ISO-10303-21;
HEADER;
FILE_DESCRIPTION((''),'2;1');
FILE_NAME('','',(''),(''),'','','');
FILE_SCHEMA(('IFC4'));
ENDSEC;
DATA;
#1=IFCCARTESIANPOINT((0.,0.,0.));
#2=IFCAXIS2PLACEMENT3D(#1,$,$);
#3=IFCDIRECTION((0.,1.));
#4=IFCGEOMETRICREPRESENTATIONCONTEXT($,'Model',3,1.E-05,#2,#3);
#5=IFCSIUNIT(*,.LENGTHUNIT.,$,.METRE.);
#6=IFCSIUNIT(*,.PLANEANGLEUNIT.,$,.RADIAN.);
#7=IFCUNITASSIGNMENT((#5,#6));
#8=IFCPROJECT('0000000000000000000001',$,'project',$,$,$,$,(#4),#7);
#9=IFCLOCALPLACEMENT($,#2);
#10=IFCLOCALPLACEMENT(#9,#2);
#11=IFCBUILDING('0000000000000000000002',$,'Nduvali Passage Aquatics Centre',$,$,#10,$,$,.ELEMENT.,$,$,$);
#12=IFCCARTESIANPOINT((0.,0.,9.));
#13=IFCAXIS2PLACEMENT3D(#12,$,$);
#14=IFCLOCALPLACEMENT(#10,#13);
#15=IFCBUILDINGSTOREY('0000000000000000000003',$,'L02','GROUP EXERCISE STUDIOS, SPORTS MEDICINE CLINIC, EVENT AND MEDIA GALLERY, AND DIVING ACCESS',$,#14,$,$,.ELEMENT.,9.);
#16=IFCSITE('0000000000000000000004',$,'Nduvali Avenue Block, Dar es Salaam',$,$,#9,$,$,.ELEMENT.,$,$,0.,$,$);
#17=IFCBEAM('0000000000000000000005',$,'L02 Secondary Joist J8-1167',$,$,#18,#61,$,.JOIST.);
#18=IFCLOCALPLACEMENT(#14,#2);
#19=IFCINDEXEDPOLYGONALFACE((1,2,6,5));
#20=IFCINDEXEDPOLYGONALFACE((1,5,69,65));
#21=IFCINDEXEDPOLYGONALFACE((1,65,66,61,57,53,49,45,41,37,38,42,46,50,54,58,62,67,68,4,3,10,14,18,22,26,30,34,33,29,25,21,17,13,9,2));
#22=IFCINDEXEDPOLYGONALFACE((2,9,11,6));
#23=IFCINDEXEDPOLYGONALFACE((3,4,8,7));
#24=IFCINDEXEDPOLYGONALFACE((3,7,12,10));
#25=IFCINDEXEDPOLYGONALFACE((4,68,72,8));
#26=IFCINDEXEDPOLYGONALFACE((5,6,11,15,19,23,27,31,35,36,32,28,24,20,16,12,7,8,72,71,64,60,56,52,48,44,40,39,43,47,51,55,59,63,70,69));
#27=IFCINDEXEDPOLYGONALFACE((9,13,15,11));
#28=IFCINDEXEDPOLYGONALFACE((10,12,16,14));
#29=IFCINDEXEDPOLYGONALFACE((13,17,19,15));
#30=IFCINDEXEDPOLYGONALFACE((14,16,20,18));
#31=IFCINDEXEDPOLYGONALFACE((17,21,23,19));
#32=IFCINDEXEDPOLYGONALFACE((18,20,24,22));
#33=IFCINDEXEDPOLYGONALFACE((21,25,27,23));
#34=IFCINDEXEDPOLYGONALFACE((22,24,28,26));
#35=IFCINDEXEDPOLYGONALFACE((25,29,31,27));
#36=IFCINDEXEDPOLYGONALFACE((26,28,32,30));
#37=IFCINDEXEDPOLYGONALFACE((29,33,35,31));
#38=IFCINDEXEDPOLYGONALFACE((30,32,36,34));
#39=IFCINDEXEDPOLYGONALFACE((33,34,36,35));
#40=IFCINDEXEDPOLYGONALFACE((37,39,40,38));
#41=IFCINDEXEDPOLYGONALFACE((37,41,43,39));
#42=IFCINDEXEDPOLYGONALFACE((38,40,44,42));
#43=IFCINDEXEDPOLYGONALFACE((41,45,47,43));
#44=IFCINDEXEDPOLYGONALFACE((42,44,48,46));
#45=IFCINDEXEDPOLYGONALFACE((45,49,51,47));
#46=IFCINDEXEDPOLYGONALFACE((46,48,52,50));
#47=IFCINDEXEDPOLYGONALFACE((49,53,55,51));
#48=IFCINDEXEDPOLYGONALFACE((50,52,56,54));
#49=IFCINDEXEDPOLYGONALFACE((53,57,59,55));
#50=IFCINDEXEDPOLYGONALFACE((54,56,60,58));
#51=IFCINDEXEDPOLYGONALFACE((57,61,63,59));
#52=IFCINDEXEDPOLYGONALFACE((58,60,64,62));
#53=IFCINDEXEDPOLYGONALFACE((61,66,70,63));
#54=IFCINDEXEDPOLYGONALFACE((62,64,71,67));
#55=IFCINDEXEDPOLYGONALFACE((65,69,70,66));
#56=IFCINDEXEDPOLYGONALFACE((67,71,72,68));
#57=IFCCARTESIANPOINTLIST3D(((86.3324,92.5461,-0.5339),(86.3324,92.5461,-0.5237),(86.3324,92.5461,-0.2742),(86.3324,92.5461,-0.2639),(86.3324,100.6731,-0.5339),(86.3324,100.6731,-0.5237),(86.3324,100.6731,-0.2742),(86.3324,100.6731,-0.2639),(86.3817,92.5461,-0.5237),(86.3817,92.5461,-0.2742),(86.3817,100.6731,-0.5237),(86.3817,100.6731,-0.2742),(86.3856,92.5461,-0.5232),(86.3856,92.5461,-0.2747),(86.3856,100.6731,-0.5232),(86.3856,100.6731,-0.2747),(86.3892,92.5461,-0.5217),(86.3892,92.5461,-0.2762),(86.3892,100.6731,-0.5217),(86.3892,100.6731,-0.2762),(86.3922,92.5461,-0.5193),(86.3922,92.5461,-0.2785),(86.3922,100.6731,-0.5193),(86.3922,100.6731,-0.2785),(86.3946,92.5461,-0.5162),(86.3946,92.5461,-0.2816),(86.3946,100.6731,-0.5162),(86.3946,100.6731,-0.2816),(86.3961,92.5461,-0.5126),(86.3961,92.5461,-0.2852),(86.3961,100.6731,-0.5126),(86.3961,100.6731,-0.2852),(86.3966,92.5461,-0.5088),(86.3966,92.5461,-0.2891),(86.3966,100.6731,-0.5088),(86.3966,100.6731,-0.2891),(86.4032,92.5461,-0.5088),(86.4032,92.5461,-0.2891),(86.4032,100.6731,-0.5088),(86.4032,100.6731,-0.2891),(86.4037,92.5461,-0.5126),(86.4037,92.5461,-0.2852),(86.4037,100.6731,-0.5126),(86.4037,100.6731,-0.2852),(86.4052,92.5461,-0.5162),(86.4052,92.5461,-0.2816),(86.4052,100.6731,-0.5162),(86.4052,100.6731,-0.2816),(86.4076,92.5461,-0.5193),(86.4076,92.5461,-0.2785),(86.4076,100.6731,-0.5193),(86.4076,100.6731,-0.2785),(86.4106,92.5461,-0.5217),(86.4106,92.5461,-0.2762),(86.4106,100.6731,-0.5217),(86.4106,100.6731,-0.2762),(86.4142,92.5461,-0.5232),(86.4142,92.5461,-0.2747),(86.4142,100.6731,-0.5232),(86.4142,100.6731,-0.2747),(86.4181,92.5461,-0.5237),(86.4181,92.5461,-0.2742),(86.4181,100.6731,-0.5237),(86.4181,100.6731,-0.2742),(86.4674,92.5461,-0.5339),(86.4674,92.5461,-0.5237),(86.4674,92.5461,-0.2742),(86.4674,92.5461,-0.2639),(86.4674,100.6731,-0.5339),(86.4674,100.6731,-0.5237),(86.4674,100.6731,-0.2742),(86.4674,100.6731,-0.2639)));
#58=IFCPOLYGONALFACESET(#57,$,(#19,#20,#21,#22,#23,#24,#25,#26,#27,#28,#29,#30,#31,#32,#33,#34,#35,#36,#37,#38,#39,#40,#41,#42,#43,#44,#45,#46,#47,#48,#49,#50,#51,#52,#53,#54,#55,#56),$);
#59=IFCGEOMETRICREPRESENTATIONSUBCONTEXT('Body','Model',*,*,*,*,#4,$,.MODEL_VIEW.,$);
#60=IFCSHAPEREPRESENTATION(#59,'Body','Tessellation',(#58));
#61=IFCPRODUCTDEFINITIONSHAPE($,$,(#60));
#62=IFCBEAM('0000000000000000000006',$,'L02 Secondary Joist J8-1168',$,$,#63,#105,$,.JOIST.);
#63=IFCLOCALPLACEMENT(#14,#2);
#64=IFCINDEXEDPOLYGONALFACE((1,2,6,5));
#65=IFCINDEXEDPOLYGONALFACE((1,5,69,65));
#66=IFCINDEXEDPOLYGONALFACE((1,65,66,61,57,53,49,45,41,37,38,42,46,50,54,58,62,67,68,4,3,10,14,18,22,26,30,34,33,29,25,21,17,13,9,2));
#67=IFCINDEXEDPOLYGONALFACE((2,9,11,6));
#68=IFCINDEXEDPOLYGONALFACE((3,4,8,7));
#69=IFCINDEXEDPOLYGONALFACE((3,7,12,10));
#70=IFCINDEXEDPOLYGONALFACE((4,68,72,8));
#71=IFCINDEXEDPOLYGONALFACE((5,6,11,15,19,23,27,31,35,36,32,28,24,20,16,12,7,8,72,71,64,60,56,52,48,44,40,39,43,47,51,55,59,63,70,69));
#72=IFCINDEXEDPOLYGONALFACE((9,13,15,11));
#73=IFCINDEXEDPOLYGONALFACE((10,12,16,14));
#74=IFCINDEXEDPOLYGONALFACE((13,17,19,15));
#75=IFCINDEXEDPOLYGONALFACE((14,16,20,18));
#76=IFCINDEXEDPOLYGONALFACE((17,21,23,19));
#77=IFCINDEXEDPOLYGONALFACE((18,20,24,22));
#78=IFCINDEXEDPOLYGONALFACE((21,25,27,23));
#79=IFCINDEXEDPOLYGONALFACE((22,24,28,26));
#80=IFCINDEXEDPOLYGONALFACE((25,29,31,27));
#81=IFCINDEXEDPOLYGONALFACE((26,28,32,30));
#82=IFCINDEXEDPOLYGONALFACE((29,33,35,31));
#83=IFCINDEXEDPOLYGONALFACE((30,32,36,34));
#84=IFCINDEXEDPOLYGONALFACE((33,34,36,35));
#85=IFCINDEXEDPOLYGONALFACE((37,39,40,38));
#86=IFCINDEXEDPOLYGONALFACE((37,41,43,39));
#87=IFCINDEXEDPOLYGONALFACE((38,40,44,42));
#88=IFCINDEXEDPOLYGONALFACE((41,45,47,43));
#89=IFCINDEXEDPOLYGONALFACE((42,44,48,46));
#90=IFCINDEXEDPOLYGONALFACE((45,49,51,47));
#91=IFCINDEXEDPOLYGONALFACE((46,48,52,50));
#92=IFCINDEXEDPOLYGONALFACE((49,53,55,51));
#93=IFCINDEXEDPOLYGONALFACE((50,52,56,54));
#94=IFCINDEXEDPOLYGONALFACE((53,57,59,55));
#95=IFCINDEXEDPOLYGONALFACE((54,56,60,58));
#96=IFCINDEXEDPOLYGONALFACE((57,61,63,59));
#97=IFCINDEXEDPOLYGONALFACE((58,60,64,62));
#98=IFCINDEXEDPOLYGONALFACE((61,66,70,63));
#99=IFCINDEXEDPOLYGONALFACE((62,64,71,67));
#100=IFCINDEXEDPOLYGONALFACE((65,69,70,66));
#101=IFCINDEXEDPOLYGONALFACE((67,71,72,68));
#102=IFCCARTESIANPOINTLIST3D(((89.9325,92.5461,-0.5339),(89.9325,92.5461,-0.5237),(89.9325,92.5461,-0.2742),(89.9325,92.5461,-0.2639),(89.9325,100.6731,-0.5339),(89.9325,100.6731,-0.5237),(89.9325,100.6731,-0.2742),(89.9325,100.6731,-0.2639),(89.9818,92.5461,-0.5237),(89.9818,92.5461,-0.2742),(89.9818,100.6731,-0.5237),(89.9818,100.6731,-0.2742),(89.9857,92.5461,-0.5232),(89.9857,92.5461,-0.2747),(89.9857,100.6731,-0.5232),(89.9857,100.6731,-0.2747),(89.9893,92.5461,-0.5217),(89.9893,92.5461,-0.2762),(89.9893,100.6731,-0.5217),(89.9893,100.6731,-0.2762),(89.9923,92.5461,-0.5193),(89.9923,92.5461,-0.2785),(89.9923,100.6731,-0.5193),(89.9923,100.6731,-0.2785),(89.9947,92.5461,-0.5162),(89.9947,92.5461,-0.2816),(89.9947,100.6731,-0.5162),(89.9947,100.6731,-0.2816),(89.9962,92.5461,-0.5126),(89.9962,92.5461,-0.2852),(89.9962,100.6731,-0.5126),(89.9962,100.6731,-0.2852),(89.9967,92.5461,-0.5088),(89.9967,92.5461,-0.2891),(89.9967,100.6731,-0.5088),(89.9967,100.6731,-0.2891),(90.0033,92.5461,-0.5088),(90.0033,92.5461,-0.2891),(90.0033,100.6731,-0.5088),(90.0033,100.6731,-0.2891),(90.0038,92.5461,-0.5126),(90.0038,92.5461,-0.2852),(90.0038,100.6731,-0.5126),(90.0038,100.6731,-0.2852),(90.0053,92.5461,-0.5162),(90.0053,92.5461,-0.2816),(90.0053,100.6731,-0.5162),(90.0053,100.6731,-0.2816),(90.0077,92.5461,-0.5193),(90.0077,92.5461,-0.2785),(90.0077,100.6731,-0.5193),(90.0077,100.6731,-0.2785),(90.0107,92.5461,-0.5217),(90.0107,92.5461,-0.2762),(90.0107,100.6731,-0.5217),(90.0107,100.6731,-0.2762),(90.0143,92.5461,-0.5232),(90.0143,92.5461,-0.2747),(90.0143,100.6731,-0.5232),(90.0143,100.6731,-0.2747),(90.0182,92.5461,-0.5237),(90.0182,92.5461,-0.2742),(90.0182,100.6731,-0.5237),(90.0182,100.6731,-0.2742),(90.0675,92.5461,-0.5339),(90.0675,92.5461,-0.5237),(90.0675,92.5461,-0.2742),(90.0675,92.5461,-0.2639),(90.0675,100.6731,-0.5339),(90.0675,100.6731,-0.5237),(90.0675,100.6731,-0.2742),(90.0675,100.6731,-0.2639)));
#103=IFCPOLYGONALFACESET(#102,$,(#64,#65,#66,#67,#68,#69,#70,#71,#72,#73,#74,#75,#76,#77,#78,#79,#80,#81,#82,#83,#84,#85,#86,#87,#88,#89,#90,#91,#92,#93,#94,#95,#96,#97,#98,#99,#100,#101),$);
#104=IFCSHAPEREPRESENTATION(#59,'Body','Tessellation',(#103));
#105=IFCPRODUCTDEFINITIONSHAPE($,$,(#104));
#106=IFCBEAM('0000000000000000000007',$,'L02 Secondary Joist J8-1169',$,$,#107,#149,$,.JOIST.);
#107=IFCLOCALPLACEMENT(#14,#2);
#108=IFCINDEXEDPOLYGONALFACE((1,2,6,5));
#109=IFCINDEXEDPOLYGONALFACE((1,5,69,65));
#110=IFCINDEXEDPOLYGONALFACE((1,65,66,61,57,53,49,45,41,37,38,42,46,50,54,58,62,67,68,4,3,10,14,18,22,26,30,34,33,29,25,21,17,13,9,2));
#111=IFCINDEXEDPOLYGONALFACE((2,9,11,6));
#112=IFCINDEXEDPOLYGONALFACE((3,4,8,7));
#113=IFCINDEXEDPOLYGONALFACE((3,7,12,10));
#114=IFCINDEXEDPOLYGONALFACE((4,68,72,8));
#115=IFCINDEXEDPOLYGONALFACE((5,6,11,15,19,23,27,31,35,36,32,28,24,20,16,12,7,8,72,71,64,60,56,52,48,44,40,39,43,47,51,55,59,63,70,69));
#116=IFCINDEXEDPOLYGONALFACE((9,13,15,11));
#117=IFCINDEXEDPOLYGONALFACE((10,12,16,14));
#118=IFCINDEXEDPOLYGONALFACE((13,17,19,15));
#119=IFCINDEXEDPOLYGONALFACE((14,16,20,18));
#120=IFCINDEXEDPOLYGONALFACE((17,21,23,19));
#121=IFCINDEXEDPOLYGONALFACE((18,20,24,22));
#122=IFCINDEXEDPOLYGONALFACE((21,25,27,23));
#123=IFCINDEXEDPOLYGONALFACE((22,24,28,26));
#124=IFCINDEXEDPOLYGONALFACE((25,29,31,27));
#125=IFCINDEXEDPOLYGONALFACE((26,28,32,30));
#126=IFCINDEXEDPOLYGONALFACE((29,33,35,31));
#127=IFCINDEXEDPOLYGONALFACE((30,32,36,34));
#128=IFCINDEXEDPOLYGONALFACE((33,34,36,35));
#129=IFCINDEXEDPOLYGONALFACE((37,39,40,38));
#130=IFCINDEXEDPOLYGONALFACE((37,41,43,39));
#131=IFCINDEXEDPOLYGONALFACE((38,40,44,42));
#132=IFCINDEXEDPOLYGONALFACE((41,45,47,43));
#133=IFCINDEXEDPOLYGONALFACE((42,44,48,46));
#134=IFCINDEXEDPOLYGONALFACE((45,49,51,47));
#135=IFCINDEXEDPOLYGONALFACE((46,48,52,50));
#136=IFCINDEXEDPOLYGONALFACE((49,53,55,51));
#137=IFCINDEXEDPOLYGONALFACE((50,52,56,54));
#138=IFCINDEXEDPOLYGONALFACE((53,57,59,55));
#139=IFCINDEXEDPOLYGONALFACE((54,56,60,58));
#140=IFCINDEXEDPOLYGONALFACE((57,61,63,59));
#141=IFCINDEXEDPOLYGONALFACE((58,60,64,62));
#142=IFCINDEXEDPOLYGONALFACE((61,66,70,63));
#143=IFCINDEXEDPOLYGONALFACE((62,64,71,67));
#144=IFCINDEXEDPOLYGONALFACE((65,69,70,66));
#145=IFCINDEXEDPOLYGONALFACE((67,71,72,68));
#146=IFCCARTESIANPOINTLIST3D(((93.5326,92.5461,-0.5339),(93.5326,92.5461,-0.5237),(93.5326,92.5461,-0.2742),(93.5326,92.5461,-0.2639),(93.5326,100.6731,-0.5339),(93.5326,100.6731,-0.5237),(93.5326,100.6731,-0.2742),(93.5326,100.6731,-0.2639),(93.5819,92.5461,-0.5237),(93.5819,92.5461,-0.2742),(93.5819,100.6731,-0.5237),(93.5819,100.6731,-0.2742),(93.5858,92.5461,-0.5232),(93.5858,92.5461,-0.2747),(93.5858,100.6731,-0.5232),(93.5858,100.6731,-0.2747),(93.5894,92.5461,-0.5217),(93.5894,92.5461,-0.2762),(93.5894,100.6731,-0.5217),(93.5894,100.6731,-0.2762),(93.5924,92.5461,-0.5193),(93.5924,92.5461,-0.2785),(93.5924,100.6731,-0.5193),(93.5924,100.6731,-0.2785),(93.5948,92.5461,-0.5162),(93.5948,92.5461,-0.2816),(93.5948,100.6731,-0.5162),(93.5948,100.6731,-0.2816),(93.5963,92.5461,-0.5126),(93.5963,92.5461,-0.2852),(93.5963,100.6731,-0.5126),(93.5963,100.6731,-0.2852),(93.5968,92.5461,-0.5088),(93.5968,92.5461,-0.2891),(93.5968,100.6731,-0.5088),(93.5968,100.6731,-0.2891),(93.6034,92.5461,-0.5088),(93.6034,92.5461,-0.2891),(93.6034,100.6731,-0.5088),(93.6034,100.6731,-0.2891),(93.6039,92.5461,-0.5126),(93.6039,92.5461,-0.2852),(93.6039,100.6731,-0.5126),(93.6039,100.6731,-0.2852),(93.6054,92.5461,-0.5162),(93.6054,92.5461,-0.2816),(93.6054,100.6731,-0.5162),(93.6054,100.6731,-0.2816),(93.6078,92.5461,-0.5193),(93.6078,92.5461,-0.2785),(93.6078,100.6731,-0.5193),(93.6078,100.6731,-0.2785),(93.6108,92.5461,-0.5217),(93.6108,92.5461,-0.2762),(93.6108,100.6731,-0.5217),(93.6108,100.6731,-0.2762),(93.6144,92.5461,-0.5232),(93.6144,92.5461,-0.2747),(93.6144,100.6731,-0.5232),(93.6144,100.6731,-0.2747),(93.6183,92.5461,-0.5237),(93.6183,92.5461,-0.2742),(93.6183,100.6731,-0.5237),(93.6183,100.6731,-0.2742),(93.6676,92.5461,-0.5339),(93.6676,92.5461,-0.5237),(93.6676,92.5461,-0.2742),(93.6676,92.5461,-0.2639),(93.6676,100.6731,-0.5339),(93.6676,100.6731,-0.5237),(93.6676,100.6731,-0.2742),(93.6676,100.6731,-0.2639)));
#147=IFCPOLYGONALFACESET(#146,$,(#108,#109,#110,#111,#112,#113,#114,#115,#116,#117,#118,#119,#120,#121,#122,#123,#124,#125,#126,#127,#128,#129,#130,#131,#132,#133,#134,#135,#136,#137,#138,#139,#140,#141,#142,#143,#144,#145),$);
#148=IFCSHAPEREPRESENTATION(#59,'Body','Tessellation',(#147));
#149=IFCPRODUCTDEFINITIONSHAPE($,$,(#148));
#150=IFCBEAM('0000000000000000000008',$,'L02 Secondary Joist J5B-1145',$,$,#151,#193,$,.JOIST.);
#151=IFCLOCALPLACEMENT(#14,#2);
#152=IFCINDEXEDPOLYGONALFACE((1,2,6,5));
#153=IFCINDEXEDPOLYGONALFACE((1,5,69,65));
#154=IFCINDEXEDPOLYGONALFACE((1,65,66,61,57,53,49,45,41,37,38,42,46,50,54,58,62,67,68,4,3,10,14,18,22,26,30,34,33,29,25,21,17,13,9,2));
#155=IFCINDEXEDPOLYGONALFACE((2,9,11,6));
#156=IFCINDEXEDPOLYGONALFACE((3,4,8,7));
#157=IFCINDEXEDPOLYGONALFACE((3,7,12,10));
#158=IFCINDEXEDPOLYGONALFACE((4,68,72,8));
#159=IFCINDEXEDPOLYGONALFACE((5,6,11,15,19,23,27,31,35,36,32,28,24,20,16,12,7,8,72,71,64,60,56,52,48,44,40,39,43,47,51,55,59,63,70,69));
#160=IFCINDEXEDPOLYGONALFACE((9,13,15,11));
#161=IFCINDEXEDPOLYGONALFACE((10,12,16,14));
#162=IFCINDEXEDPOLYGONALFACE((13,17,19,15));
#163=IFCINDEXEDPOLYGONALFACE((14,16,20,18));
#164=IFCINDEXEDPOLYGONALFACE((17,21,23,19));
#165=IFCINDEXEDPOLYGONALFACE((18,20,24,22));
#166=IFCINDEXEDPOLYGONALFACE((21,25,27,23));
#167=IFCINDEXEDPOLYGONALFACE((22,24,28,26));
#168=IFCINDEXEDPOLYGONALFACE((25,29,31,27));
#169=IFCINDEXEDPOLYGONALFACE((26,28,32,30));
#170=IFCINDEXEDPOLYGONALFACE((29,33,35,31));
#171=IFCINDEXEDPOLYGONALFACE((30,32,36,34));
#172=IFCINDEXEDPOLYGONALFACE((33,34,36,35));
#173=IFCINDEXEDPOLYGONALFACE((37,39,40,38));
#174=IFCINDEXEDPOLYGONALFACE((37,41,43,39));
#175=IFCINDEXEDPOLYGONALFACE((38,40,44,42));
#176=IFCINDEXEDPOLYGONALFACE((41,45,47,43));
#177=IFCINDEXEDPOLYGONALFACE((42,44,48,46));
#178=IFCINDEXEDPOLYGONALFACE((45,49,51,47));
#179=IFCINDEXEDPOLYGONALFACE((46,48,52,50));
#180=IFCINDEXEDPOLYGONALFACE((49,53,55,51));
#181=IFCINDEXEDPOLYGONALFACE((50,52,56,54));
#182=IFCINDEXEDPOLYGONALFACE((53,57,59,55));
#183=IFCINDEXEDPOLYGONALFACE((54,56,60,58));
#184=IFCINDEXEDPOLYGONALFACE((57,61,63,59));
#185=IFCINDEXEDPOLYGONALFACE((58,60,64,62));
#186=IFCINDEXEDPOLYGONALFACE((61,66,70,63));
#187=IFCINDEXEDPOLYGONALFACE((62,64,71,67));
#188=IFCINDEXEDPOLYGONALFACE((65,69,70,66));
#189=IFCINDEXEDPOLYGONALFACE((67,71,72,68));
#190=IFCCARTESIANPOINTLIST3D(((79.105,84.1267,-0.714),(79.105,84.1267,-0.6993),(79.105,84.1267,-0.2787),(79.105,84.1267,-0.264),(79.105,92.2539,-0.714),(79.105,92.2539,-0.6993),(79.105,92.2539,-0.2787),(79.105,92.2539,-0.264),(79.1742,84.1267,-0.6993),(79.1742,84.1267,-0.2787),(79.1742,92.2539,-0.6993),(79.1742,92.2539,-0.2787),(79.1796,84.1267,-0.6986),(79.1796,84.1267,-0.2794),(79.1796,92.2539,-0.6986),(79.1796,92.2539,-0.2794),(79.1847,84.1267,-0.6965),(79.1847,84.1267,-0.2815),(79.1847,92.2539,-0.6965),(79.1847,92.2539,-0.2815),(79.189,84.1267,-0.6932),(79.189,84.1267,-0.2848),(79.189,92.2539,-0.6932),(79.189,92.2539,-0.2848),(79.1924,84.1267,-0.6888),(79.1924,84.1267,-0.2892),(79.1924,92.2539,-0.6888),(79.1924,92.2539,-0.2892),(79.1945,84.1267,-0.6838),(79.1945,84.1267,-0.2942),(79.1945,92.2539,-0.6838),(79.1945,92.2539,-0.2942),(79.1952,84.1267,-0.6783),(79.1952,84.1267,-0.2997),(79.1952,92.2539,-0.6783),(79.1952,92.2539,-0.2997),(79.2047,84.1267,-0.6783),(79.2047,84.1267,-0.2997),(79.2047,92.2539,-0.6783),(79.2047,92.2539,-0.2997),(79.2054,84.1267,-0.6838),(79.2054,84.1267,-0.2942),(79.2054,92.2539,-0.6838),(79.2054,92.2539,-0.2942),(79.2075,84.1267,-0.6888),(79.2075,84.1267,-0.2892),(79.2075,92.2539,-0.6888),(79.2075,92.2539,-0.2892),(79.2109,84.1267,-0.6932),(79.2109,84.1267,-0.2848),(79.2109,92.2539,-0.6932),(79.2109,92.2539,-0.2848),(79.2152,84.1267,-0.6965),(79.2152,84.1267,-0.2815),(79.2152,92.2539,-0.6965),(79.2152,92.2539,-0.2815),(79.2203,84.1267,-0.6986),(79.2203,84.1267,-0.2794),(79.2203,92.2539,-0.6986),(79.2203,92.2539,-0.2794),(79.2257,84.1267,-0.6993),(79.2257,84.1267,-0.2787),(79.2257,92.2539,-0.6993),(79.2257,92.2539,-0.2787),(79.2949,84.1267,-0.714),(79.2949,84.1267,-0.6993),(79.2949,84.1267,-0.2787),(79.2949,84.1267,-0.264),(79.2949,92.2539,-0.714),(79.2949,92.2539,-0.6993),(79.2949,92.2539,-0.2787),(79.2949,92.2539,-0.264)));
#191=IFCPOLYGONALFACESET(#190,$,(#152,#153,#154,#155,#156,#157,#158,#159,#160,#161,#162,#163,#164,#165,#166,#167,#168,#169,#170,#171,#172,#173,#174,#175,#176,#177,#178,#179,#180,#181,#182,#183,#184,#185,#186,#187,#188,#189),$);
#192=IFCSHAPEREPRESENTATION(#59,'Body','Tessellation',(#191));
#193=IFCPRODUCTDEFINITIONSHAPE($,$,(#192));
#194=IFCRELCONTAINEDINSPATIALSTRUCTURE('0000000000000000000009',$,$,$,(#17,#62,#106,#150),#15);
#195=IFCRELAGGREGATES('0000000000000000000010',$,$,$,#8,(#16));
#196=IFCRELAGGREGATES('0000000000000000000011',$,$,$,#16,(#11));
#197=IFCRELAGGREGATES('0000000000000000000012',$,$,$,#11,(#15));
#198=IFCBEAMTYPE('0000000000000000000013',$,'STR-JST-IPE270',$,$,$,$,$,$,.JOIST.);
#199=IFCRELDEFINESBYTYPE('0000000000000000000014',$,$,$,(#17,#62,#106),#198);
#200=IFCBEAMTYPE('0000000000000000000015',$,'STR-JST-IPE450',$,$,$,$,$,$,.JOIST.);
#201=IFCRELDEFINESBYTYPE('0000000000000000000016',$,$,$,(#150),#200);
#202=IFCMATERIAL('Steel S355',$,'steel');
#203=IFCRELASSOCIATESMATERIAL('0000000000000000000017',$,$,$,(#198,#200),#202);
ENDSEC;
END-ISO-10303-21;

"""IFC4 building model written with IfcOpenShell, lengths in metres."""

from ifc_helpers import new_model, si_unit, direction, frame, origin, origin_2d, place, context, subcontext, project, spatial, i_section, extrude, material, material_profile, profile_set, type_object, element, save


model = new_model("IFC4")

# Units and contexts
model_context = context("Model", 3, precision=1e-05, world=origin(), true_north=direction((0.0, 1.0)))
body_context = subcontext(model_context, "Body", "Model", "MODEL_VIEW")
ifc_project = project(units=[si_unit("LENGTHUNIT", "METRE"), si_unit("PLANEANGLEUNIT", "RADIAN")], contexts=[model_context])

# Site, building, storey
site_placement = place(None, origin())
site = spatial("IfcSite", under=ifc_project, at=site_placement, Name="Nduvali Avenue Block, Dar es Salaam", CompositionType="ELEMENT", RefElevation=0.0)
building_placement = place(site_placement, origin())
building = spatial("IfcBuilding", under=site, at=building_placement, Name="Nduvali Passage Aquatics Centre", CompositionType="ELEMENT")
storey_placement = place(building_placement, frame((0.0, 0.0, 9.0)))
storey = spatial("IfcBuildingStorey", under=building, at=storey_placement, Name="L02", Description="GROUP EXERCISE STUDIOS, SPORTS MEDICINE CLINIC, EVENT AND MEDIA GALLERY, AND DIVING ACCESS", CompositionType="ELEMENT", Elevation=9.0)

# Beams
ifc_material_1 = material(Name="Steel S355", Category="steel")
ifc_material_profile_1 = material_profile(ifc_material_1, i_section(OverallWidth=0.135, OverallDepth=0.27, WebThickness=0.0066, FlangeThickness=0.0103, FilletRadius=0.0149, at=origin_2d()), Name="IPE 270")
ifc_profile_set_1 = profile_set([ifc_material_profile_1], Name="Steel S355")
beam_type_1 = type_object("IfcBeamType", Name="STR-JST-IPE270", PredefinedType="JOIST", material=ifc_profile_set_1)
for number, where, z_axis, x_axis, name in (
    (1, (86.3999, 92.5461, -0.3989), (0.0, 1.0, 0.0), (-1.0, 0.0, 0.0), "L02 Secondary Joist J8-1167"),
    (2, (90.0, 92.5461, -0.3989), (0.0, 1.0, 0.0), (-1.0, 0.0, 0.0), "L02 Secondary Joist J8-1168"),
    (3, (93.6001, 92.5461, -0.3989), (0.0, 1.0, 0.0), (-1.0, 0.0, 0.0), "L02 Secondary Joist J8-1169"),
):
    element("IfcBeam", number, at=place(storey_placement, frame(where, z_axis=z_axis, x_axis=x_axis)), inside=storey, type_object=beam_type_1, Name=name, PredefinedType="JOIST", context=body_context, shape_type="SweptSolid", body=[
        extrude(i_section(OverallWidth=0.135, OverallDepth=0.27, WebThickness=0.0066, FlangeThickness=0.0103, FilletRadius=0.0149, at=origin_2d()), origin(), (0.0, 0.0, 1.0), 8.127),
    ])
ifc_material_profile_2 = material_profile(ifc_material_1, i_section(OverallWidth=0.1899, OverallDepth=0.45, WebThickness=0.0095, FlangeThickness=0.0146, FilletRadius=0.021, at=origin_2d()), Name="IPE 450")
ifc_profile_set_2 = profile_set([ifc_material_profile_2], Name="Steel S355")
beam_type_2 = type_object("IfcBeamType", Name="STR-JST-IPE450", PredefinedType="JOIST", material=ifc_profile_set_2)
beam_1_placement = place(storey_placement, frame((79.2, 84.1267, -0.489), z_axis=(0.0, 1.0, 0.0), x_axis=(-1.0, 0.0, 0.0)))
element("IfcBeam", 4, at=beam_1_placement, inside=storey, type_object=beam_type_2, Name="L02 Secondary Joist J5B-1145", PredefinedType="JOIST", context=body_context, shape_type="SweptSolid", body=[
    extrude(i_section(OverallWidth=0.1899, OverallDepth=0.45, WebThickness=0.0095, FlangeThickness=0.0146, FilletRadius=0.021, at=origin_2d()), origin(), (0.0, 0.0, 1.0), 8.1272),
])

save(model, "model.ifc")
